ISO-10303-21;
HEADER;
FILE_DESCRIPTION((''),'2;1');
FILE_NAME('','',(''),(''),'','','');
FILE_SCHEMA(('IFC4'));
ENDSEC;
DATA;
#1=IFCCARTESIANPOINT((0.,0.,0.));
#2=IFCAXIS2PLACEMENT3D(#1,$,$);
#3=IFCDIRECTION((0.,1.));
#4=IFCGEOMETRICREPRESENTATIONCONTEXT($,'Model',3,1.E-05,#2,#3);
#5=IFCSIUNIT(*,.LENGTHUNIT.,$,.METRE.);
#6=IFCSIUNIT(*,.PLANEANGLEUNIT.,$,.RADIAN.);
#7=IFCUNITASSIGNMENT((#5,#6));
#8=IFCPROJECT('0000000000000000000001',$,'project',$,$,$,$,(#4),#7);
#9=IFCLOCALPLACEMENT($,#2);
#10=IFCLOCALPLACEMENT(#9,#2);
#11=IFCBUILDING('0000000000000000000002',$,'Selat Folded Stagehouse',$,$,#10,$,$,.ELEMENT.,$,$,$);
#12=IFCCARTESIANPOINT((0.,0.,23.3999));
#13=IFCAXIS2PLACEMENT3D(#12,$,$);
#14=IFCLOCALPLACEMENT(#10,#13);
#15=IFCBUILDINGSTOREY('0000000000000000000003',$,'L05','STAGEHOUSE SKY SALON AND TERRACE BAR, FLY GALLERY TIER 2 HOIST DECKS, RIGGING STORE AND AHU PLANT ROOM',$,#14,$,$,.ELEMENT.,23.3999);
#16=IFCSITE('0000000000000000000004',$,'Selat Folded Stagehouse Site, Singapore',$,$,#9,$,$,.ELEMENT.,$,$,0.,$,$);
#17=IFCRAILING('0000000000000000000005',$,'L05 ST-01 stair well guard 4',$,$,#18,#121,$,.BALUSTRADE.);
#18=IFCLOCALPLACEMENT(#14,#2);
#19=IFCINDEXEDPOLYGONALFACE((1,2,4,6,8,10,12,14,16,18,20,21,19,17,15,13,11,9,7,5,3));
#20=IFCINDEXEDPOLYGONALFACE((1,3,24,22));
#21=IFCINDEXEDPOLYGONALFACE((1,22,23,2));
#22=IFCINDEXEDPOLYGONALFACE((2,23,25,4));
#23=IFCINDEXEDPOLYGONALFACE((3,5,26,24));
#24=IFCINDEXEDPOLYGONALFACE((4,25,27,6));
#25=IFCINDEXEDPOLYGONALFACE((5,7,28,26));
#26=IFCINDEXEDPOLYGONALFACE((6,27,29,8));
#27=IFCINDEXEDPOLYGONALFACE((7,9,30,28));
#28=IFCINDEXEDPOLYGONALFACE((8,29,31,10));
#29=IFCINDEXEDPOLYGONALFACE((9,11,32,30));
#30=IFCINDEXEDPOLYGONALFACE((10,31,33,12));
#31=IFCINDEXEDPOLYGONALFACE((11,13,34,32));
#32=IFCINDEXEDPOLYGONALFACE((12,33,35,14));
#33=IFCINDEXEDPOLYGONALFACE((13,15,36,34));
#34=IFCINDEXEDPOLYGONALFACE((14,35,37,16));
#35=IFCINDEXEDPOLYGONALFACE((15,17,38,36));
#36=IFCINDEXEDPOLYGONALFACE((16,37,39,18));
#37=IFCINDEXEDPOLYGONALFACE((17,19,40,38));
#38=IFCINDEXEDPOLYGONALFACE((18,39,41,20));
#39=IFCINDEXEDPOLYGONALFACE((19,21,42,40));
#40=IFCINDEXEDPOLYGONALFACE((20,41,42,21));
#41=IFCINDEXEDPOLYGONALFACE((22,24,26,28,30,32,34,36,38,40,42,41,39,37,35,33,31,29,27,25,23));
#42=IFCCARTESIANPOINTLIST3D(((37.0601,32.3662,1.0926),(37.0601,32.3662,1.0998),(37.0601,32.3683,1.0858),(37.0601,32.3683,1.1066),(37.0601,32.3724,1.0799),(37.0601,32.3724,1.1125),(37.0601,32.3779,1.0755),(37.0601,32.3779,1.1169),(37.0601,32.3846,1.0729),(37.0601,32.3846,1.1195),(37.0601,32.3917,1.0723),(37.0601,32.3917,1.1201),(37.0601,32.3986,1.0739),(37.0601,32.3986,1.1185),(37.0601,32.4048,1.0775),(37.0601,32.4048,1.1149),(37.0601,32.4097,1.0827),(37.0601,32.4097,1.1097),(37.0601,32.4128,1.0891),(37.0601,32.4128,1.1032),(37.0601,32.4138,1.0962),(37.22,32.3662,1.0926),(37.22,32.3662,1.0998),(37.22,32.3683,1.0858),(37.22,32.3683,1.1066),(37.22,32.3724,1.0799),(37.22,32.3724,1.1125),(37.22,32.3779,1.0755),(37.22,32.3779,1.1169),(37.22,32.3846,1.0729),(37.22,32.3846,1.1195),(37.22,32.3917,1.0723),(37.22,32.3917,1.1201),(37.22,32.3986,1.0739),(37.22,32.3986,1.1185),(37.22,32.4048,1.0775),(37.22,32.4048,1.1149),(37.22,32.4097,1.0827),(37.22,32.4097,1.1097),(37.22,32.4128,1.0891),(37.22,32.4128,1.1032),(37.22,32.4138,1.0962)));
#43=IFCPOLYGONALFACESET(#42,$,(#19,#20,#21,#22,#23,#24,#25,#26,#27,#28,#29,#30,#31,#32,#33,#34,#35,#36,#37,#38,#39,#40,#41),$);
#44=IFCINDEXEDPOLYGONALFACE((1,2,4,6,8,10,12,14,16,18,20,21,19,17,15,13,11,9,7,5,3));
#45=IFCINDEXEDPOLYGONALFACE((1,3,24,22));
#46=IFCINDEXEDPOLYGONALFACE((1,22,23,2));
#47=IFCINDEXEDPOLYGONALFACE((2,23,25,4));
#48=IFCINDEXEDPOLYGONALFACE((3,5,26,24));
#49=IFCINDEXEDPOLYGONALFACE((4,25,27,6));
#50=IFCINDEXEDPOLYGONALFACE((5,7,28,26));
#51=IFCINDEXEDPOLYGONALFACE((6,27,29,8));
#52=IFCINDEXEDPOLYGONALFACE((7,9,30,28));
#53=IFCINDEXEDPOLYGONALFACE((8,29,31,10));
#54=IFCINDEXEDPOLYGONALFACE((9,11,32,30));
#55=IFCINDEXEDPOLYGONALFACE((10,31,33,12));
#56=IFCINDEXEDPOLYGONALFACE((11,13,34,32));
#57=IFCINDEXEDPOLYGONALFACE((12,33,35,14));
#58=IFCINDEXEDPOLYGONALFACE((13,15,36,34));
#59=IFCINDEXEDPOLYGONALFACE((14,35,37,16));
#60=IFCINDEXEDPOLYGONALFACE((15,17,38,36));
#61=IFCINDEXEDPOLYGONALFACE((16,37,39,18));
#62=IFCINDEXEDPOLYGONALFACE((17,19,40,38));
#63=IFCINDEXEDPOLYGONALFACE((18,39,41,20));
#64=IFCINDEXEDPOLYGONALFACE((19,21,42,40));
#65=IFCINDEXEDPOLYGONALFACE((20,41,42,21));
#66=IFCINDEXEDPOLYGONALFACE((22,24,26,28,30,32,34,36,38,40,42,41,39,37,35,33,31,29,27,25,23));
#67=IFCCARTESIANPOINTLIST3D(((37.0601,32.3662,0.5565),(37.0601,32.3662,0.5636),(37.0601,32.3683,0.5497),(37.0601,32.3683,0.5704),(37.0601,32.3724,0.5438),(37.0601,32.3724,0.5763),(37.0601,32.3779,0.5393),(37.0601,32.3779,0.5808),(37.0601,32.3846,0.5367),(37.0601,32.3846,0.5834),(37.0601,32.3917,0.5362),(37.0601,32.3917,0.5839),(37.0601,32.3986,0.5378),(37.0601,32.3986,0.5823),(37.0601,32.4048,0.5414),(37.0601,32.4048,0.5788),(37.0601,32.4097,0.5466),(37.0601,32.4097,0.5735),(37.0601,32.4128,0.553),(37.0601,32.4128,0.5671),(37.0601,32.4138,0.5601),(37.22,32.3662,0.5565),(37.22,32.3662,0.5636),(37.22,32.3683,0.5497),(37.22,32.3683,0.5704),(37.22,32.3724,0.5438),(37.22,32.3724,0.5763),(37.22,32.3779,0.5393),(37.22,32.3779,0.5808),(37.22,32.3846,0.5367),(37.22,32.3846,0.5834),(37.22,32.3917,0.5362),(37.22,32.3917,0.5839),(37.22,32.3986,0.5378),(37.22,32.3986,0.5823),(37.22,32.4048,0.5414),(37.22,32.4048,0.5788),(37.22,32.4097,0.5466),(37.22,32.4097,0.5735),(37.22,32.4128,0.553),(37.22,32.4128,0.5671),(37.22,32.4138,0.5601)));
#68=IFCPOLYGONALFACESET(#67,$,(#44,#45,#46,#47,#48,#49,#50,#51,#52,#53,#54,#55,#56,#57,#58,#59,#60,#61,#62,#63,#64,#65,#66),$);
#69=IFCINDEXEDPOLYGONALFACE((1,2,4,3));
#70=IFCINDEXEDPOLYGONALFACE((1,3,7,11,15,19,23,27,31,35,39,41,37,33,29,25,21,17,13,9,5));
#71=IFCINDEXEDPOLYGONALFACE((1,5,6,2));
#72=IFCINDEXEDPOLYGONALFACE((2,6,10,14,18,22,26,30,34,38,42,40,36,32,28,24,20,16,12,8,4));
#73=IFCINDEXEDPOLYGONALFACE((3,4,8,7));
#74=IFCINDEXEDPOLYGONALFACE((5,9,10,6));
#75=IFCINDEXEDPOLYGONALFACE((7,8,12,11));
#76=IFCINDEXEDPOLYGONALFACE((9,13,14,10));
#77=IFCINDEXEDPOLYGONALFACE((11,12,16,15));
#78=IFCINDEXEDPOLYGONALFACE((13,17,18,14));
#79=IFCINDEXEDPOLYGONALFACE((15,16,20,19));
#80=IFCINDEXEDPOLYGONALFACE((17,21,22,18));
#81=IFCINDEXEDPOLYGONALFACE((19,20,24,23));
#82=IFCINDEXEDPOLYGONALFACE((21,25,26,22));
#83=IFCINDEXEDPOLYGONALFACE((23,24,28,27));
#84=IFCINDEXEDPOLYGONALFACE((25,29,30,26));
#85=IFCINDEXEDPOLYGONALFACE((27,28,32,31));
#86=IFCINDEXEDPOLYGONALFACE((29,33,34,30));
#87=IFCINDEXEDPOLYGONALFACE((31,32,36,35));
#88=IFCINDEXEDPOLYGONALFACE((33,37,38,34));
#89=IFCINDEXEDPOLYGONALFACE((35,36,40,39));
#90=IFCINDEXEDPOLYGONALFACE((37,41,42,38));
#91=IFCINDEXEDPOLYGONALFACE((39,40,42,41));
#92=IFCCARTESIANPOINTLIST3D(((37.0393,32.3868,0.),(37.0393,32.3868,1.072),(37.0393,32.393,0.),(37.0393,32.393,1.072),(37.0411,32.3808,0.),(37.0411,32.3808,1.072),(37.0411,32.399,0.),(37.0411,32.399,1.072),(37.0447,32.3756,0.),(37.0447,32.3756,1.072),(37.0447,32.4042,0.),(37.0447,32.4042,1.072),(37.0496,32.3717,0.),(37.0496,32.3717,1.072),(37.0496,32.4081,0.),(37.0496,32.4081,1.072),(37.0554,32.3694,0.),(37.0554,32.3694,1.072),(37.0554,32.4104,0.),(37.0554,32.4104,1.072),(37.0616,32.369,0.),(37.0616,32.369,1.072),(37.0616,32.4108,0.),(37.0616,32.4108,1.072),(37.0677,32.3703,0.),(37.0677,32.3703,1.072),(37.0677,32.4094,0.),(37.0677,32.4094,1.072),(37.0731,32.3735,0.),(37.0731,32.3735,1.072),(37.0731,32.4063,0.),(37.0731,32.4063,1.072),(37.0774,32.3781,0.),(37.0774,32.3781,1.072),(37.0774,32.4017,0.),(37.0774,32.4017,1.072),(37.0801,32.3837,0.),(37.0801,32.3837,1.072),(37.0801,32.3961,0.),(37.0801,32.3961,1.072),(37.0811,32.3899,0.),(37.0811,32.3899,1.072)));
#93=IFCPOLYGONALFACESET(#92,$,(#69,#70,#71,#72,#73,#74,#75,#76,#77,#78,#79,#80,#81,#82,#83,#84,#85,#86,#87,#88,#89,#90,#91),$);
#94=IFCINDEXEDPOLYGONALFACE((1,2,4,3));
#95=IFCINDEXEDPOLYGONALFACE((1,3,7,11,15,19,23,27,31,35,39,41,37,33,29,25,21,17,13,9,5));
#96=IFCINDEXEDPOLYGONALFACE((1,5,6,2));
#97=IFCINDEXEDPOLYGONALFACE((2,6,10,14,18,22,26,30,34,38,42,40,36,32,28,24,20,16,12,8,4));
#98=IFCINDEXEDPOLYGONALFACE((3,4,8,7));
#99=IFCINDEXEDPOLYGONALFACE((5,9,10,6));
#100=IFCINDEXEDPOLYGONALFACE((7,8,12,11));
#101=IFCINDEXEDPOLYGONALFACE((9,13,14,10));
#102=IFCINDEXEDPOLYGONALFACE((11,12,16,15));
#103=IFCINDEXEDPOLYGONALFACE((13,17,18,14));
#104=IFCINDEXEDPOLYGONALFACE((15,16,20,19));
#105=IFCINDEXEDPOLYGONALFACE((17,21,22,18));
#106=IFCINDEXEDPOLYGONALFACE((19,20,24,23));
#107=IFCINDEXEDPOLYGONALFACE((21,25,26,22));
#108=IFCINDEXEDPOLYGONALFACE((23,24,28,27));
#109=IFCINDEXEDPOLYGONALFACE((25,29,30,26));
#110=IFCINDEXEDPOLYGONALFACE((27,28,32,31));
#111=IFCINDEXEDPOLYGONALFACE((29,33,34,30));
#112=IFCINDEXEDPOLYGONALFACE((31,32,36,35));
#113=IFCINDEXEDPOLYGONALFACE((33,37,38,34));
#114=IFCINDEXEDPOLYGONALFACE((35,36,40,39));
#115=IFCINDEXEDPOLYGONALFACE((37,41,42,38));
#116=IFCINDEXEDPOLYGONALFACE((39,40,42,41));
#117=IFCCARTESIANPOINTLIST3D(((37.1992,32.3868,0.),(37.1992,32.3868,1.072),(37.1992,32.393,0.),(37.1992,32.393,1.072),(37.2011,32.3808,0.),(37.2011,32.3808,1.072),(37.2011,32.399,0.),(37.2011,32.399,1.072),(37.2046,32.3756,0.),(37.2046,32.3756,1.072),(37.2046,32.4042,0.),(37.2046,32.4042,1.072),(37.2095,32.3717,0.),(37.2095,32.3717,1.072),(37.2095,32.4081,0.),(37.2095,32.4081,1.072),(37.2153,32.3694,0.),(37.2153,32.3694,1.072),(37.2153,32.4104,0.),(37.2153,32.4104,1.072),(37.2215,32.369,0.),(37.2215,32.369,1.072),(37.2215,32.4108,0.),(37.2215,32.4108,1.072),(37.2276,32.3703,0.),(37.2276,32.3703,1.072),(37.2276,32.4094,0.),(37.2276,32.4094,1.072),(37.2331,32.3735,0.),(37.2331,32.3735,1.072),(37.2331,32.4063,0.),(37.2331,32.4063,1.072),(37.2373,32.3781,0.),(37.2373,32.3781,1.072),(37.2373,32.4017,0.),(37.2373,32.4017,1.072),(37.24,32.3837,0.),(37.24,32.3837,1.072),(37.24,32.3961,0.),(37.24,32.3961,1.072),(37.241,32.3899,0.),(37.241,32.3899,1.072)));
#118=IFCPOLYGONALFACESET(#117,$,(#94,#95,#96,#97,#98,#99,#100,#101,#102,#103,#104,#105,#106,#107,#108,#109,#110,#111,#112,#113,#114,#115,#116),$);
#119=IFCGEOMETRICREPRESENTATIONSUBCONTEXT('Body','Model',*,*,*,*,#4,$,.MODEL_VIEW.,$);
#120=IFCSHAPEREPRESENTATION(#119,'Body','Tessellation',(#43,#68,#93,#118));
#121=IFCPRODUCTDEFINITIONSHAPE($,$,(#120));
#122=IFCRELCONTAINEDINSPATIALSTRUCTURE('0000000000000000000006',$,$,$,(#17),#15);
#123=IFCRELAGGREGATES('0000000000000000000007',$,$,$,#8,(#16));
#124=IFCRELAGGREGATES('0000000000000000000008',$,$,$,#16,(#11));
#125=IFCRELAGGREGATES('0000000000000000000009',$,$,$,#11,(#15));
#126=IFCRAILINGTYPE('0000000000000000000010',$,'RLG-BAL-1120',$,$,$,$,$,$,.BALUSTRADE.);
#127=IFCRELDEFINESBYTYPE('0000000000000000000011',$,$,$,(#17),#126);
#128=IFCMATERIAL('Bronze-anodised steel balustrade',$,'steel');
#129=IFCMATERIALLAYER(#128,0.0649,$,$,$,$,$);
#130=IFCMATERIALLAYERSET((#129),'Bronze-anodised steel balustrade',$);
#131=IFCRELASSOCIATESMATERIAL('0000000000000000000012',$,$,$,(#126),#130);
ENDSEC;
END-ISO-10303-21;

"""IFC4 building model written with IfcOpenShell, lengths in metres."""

from ifc_helpers import new_model, si_unit, direction, frame, origin, origin_2d, place, context, subcontext, project, spatial, circle, extrude, material, layer, layer_set, type_object, element, save


model = new_model("IFC4")

# Units and contexts
model_context = context("Model", 3, precision=1e-05, world=origin(), true_north=direction((0.0, 1.0)))
body_context = subcontext(model_context, "Body", "Model", "MODEL_VIEW")
ifc_project = project(units=[si_unit("LENGTHUNIT", "METRE"), si_unit("PLANEANGLEUNIT", "RADIAN")], contexts=[model_context])

# Site, building, storey
site_placement = place(None, origin())
site = spatial("IfcSite", under=ifc_project, at=site_placement, Name="Selat Folded Stagehouse Site, Singapore", CompositionType="ELEMENT", RefElevation=0.0)
building_placement = place(site_placement, origin())
building = spatial("IfcBuilding", under=site, at=building_placement, Name="Selat Folded Stagehouse", CompositionType="ELEMENT")
storey_placement = place(building_placement, frame((0.0, 0.0, 23.3999)))
storey = spatial("IfcBuildingStorey", under=building, at=storey_placement, Name="L05", Description="STAGEHOUSE SKY SALON AND TERRACE BAR, FLY GALLERY TIER 2 HOIST DECKS, RIGGING STORE AND AHU PLANT ROOM", CompositionType="ELEMENT", Elevation=23.3999)

# Railing
ifc_material_1 = material(Name="Bronze-anodised steel balustrade", Category="steel")
ifc_layer_1 = layer(ifc_material_1, 0.0649)
ifc_layer_set_1 = layer_set([ifc_layer_1], Name="Bronze-anodised steel balustrade")
railing_type_1 = type_object("IfcRailingType", Name="RLG-BAL-1120", PredefinedType="BALUSTRADE", material=ifc_layer_set_1)
railing_1_placement = place(storey_placement, frame((37.0601, 32.3899, 0.0)))
element("IfcRailing", 1, at=railing_1_placement, inside=storey, type_object=railing_type_1, Name="L05 ST-01 stair well guard 4", PredefinedType="BALUSTRADE", context=body_context, shape_type="SweptSolid", body=[
    extrude(circle(Radius=0.0239, at=origin_2d()), frame((0.0, 0.0, 1.0962), z_axis=(1.0, 0.0, 0.0), x_axis=(0.0, 1.0, 0.0)), (0.0, 0.0, 1.0), 0.1599),
    extrude(circle(Radius=0.0239, at=origin_2d()), frame((0.0, 0.0, 0.5601), z_axis=(1.0, 0.0, 0.0), x_axis=(0.0, 1.0, 0.0)), (0.0, 0.0, 1.0), 0.1599),
    extrude(circle(Radius=0.021, at=origin_2d()), origin(), (0.0, 0.0, 1.0), 1.072),
    extrude(circle(Radius=0.021, at=origin_2d()), frame((0.1599, 0.0, 0.0)), (0.0, 0.0, 1.0), 1.072),
])

save(model, "model.ifc")
